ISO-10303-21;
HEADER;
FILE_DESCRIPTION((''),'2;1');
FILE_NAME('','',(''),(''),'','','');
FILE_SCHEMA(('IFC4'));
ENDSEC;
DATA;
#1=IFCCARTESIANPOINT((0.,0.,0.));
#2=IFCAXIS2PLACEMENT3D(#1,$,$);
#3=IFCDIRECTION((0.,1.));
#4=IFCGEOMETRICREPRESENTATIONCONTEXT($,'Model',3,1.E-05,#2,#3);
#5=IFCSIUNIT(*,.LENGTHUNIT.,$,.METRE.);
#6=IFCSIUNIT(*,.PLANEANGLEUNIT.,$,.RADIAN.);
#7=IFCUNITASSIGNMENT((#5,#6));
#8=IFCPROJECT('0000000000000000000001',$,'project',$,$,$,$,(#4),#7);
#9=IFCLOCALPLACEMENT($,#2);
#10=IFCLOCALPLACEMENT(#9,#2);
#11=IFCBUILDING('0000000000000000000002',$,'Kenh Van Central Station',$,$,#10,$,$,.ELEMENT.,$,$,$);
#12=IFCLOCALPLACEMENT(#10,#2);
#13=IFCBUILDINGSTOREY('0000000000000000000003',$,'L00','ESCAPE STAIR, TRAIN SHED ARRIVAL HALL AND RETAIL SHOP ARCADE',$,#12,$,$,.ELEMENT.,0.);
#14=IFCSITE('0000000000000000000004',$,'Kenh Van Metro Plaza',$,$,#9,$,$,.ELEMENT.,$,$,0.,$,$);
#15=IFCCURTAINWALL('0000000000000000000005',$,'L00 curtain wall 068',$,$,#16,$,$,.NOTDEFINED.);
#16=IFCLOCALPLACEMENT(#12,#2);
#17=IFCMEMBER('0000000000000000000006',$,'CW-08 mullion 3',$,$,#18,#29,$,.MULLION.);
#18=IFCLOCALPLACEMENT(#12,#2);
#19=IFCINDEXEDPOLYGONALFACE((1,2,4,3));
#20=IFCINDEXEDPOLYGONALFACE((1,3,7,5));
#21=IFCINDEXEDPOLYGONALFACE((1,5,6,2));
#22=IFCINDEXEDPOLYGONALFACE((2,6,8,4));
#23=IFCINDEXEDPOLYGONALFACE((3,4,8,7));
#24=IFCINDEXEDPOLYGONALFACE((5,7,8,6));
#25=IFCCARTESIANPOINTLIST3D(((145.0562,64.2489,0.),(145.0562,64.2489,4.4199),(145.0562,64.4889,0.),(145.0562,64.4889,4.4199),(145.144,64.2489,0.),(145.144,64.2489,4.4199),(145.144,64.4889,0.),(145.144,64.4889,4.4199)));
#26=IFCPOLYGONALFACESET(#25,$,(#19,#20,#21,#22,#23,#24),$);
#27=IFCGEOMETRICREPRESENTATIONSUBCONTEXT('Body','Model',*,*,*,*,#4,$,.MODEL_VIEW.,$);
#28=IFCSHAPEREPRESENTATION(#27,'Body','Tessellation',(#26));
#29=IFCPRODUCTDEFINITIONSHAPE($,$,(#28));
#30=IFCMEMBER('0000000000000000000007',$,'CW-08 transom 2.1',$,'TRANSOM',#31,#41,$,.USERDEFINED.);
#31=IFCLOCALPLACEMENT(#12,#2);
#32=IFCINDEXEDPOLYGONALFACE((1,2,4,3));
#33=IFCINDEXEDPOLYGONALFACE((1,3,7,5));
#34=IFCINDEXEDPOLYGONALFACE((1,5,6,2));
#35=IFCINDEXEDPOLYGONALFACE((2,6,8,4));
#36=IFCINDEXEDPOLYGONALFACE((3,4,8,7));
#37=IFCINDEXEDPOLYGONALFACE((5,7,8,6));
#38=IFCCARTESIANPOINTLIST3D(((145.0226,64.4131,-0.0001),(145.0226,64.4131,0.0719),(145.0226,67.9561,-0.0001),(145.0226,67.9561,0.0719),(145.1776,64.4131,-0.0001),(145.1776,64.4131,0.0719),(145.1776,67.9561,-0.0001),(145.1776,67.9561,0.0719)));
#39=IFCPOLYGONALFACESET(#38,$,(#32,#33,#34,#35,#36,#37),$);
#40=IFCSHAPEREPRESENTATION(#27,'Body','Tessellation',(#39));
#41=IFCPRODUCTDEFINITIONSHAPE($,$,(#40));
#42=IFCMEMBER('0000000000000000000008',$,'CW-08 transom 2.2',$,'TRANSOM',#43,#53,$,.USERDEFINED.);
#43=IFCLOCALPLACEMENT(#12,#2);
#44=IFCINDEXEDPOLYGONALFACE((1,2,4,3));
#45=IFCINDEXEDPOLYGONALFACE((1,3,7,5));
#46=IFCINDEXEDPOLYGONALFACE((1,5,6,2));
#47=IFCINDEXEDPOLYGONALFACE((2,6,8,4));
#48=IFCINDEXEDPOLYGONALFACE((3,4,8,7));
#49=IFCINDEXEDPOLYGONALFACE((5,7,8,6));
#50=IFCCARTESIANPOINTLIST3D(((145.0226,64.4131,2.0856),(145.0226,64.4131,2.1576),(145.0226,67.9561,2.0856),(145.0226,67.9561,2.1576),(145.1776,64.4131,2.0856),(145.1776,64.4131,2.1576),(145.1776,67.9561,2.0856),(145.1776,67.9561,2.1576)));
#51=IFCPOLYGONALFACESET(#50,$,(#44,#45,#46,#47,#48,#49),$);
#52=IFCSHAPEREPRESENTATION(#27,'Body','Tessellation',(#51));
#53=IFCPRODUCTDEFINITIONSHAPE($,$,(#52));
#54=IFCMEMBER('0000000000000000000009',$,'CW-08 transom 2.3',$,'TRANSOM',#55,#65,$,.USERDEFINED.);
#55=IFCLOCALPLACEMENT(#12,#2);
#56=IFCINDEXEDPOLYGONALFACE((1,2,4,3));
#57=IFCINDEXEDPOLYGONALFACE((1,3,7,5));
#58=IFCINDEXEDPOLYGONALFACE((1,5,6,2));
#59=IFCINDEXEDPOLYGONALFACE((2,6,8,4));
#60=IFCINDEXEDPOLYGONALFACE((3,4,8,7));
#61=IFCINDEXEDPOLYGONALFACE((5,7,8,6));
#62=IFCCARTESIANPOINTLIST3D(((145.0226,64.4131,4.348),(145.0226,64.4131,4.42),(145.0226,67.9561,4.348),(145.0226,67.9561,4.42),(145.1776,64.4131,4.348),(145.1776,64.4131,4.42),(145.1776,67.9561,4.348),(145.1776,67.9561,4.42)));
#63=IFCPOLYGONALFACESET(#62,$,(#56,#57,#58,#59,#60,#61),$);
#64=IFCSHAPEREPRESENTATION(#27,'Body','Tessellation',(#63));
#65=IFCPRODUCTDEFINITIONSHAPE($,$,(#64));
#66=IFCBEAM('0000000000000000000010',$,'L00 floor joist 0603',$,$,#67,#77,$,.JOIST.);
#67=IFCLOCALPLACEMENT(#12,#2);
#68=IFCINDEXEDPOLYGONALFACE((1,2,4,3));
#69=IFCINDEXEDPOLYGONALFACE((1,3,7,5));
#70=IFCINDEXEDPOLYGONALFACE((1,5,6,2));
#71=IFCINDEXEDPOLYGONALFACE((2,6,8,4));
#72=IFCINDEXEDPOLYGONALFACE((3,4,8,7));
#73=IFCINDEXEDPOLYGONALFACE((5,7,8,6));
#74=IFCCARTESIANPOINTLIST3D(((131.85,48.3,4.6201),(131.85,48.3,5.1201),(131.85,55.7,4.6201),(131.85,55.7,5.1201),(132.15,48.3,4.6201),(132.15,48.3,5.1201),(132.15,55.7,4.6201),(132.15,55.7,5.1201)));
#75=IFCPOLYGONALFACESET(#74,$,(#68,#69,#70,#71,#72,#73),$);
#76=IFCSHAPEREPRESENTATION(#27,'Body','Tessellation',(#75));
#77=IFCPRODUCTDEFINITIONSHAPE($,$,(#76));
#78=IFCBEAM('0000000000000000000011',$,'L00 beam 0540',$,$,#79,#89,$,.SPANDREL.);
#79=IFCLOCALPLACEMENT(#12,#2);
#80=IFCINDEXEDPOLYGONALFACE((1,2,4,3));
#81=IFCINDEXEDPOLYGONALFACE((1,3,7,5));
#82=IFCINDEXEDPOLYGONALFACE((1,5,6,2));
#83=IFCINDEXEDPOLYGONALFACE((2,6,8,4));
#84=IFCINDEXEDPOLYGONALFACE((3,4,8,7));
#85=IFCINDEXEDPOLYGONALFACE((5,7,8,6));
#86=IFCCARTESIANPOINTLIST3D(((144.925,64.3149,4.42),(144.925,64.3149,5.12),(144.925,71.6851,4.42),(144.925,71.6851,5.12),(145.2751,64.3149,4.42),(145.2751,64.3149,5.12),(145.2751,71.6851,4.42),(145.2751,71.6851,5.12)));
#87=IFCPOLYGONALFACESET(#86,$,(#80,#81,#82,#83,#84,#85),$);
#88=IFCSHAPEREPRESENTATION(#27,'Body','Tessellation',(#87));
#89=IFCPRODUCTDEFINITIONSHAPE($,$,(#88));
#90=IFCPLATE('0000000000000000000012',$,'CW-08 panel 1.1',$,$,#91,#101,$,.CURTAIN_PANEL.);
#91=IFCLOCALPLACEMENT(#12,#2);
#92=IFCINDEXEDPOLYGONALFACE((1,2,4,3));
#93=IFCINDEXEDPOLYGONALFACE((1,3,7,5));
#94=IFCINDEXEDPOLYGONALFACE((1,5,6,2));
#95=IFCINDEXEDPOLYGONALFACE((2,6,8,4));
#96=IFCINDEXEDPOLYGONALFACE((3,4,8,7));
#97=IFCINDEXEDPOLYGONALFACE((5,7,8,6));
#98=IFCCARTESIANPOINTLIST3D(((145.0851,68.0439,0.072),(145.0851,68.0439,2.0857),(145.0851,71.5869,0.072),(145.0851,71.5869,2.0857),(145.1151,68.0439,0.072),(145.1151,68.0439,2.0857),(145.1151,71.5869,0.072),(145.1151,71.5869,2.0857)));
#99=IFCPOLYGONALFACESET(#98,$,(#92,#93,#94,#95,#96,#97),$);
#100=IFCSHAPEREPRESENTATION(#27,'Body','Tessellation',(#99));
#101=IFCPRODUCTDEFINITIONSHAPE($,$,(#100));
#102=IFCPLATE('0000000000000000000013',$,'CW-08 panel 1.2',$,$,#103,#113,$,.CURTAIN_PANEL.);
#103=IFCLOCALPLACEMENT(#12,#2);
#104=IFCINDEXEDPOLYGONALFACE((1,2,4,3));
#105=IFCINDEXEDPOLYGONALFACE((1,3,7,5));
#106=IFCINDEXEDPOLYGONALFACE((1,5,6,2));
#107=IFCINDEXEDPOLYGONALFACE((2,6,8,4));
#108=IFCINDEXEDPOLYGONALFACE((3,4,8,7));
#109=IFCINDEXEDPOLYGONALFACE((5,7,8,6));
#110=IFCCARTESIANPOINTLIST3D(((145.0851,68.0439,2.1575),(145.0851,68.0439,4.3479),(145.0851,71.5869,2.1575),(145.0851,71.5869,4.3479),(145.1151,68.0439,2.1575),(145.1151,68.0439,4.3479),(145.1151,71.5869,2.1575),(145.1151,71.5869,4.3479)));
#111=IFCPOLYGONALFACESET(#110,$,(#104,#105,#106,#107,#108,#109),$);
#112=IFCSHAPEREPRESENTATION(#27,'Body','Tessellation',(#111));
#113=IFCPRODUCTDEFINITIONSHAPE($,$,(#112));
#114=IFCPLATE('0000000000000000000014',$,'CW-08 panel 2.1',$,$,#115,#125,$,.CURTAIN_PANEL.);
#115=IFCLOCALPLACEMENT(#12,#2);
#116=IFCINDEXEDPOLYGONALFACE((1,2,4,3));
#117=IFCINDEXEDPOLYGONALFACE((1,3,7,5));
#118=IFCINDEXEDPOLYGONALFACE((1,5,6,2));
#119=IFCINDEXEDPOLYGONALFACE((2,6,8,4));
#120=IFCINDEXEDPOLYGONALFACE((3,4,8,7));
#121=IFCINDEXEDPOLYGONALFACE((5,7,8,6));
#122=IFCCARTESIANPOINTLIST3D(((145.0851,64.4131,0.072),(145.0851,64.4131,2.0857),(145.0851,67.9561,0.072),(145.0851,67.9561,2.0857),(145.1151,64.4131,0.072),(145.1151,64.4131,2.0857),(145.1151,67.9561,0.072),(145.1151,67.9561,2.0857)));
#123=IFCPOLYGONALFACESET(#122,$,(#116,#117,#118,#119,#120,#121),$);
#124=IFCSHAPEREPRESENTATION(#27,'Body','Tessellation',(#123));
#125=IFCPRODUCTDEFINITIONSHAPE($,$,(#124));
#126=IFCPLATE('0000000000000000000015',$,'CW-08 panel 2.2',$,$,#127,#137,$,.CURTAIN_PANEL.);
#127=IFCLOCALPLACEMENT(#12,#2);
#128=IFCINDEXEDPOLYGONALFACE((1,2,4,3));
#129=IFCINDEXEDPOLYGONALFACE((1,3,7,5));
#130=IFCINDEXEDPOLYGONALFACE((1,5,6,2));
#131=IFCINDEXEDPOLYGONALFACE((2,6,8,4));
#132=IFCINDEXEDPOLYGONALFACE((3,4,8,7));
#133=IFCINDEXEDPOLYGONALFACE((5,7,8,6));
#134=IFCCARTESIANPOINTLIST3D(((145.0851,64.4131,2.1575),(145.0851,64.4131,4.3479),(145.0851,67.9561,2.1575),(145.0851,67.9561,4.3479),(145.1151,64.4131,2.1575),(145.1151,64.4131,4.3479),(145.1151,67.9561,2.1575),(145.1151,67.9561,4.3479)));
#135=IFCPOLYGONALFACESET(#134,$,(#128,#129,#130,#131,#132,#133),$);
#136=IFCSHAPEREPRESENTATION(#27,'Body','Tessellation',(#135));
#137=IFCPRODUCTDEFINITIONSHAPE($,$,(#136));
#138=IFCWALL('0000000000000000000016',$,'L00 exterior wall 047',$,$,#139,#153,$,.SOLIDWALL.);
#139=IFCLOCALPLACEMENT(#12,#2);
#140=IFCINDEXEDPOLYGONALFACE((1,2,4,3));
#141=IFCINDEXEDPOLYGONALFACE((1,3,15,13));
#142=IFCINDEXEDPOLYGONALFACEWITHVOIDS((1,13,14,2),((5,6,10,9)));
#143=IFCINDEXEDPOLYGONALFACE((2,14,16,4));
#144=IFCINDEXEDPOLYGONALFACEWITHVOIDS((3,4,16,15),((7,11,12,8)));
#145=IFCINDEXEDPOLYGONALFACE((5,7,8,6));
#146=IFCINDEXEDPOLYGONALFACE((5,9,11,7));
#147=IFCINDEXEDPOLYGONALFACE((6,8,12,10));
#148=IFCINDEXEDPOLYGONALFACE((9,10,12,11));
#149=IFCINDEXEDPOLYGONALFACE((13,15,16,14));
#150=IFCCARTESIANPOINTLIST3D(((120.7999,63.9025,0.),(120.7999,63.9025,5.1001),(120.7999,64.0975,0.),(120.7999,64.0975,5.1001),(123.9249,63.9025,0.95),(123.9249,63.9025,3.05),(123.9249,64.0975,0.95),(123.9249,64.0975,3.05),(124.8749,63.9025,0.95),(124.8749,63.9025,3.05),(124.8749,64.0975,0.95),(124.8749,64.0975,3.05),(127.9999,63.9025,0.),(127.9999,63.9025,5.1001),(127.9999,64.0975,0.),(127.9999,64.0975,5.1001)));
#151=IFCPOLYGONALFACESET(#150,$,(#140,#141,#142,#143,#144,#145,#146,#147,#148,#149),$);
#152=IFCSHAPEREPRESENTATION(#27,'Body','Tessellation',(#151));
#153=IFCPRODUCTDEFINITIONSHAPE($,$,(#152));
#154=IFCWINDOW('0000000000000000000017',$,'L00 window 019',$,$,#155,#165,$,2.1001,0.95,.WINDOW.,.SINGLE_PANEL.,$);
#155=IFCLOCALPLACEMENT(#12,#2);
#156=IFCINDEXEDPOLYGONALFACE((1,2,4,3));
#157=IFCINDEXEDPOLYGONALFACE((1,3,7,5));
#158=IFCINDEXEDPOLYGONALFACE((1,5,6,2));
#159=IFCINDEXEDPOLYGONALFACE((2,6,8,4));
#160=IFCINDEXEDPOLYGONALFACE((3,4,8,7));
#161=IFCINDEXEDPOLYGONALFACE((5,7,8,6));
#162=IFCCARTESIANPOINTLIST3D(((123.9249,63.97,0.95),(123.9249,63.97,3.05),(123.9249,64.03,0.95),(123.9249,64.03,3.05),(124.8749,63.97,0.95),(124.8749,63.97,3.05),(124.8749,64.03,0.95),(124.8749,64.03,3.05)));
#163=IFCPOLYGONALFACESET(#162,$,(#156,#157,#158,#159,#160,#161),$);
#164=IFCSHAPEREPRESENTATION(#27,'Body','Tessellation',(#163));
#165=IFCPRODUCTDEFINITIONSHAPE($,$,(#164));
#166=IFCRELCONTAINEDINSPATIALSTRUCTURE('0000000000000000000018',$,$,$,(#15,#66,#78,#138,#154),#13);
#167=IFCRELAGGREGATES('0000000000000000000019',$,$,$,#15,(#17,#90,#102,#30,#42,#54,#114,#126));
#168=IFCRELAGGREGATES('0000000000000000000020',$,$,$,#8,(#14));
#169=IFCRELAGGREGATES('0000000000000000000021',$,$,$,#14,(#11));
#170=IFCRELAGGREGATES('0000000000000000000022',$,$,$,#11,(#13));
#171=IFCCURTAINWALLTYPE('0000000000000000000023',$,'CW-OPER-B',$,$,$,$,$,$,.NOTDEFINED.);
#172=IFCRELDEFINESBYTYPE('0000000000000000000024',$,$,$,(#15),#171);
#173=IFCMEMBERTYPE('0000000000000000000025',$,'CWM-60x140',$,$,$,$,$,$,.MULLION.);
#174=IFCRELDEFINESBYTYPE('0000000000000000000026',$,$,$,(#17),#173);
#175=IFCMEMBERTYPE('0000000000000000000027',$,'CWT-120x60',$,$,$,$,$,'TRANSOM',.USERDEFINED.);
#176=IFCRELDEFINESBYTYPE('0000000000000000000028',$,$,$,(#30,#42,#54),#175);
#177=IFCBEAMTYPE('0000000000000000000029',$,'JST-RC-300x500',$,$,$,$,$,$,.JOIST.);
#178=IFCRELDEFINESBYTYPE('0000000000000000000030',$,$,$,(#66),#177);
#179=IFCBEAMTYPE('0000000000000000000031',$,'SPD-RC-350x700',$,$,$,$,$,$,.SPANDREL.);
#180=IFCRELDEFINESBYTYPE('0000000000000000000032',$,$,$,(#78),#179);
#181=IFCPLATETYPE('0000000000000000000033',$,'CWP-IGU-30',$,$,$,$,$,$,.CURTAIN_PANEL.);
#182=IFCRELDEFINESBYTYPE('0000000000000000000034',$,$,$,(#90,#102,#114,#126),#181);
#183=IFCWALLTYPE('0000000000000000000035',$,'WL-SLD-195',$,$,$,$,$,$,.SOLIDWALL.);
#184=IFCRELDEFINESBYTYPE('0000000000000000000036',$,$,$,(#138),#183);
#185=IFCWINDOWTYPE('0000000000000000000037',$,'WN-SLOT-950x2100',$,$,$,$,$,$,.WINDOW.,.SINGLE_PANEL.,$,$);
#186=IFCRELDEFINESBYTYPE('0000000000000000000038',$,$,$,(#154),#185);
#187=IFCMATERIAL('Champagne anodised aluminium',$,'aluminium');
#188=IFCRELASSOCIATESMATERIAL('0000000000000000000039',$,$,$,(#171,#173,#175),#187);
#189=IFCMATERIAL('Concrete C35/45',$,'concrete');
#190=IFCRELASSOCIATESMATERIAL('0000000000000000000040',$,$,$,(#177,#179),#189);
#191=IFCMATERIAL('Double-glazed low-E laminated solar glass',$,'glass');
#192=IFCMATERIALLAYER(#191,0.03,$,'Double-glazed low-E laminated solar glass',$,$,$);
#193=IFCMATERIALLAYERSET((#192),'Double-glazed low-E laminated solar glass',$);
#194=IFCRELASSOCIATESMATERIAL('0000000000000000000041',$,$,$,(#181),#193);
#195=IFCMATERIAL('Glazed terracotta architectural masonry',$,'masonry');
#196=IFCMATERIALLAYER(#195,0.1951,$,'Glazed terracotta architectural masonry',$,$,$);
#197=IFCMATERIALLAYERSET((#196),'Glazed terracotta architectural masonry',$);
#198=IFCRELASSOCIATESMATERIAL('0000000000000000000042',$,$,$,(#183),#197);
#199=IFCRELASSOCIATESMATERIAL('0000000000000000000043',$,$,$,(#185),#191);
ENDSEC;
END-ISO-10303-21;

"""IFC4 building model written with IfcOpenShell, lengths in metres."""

from ifc_helpers import new_model, si_unit, direction, frame, frame_2d, origin, origin_2d, place, context, subcontext, project, spatial, rectangle, extrude, material, layer, layer_set, material_profile, profile_set, type_object, element, fill, aggregate, save


model = new_model("IFC4")

# Units and contexts
model_context = context("Model", 3, precision=1e-05, world=origin(), true_north=direction((0.0, 1.0)))
body_context = subcontext(model_context, "Body", "Model", "MODEL_VIEW")
ifc_project = project(units=[si_unit("LENGTHUNIT", "METRE"), si_unit("PLANEANGLEUNIT", "RADIAN")], contexts=[model_context])

# Site, building, storey
site_placement = place(None, origin())
site = spatial("IfcSite", under=ifc_project, at=site_placement, Name="Kenh Van Metro Plaza", CompositionType="ELEMENT", RefElevation=0.0)
building_placement = place(site_placement, origin())
building = spatial("IfcBuilding", under=site, at=building_placement, Name="Kenh Van Central Station", CompositionType="ELEMENT")
storey_placement = place(building_placement, origin())
storey = spatial("IfcBuildingStorey", under=building, at=storey_placement, Name="L00", Description="ESCAPE STAIR, TRAIN SHED ARRIVAL HALL AND RETAIL SHOP ARCADE", CompositionType="ELEMENT", Elevation=0.0)

# Shared definitions
ifc_material_1 = material(Name="Concrete C35/45", Category="concrete")

# Curtain wall, members
ifc_material_2 = material(Name="Champagne anodised aluminium", Category="aluminium")
curtain_wall_type = type_object("IfcCurtainWallType", Name="CW-OPER-B", PredefinedType="NOTDEFINED", material=ifc_material_2)
curtain_wall_placement = place(storey_placement, origin())
curtain_wall = element("IfcCurtainWall", 1, at=curtain_wall_placement, inside=storey, type_object=curtain_wall_type, Name="L00 curtain wall 068", PredefinedType="NOTDEFINED")
ifc_material_profile_1 = material_profile(ifc_material_2, rectangle(XDim=0.0879, YDim=0.24, at=origin_2d()), Name="AL 88x240")
ifc_profile_set_1 = profile_set([ifc_material_profile_1], Name="Champagne anodised aluminium")
member_type_1 = type_object("IfcMemberType", Name="CWM-60x140", PredefinedType="MULLION", material=ifc_profile_set_1)
member_1_placement = place(storey_placement, frame((145.1001, 64.3689, 0.0), z_axis=(0.0, 0.0, 1.0), x_axis=(1.0, 0.0, 0.0)))
member_1 = element("IfcMember", 2, at=member_1_placement, type_object=member_type_1, Name="CW-08 mullion 3", PredefinedType="MULLION", context=body_context, shape_type="SweptSolid", body=[
    extrude(rectangle(XDim=0.0879, YDim=0.24, at=origin_2d()), origin(), (0.0, 0.0, 1.0), 4.4199),
])
ifc_material_profile_2 = material_profile(ifc_material_2, rectangle(XDim=0.155, YDim=0.072, at=origin_2d()), Name="AL 155x72")
ifc_profile_set_2 = profile_set([ifc_material_profile_2], Name="Champagne anodised aluminium")
member_type_2 = type_object("IfcMemberType", Name="CWT-120x60", ElementType="TRANSOM", PredefinedType="USERDEFINED", material=ifc_profile_set_2)
member_2_placement = place(storey_placement, frame((145.1001, 67.9561, 0.0359), z_axis=(0.0, -1.0, 0.0), x_axis=(1.0, 0.0, 0.0)))
member_2 = element("IfcMember", 3, at=member_2_placement, type_object=member_type_2, Name="CW-08 transom 2.1", ObjectType="TRANSOM", PredefinedType="USERDEFINED", context=body_context, shape_type="SweptSolid", body=[
    extrude(rectangle(XDim=0.155, YDim=0.072, at=origin_2d()), origin(), (0.0, 0.0, 1.0), 3.543),
])
member_3_placement = place(storey_placement, frame((145.1001, 67.9561, 2.1216), z_axis=(0.0, -1.0, 0.0), x_axis=(1.0, 0.0, 0.0)))
member_3 = element("IfcMember", 4, at=member_3_placement, type_object=member_type_2, Name="CW-08 transom 2.2", ObjectType="TRANSOM", PredefinedType="USERDEFINED", context=body_context, shape_type="SweptSolid", body=[
    extrude(rectangle(XDim=0.155, YDim=0.072, at=origin_2d()), origin(), (0.0, 0.0, 1.0), 3.543),
])
member_4_placement = place(storey_placement, frame((145.1001, 67.9561, 4.384), z_axis=(0.0, -1.0, 0.0), x_axis=(1.0, 0.0, 0.0)))
member_4 = element("IfcMember", 5, at=member_4_placement, type_object=member_type_2, Name="CW-08 transom 2.3", ObjectType="TRANSOM", PredefinedType="USERDEFINED", context=body_context, shape_type="SweptSolid", body=[
    extrude(rectangle(XDim=0.155, YDim=0.072, at=origin_2d()), origin(), (0.0, 0.0, 1.0), 3.543),
])

# Beams
ifc_material_profile_3 = material_profile(ifc_material_1, rectangle(XDim=0.3, YDim=0.5, at=origin_2d()), Name="RC 300x500")
ifc_profile_set_3 = profile_set([ifc_material_profile_3], Name="Concrete C35/45")
beam_type_1 = type_object("IfcBeamType", Name="JST-RC-300x500", PredefinedType="JOIST", material=ifc_profile_set_3)
beam_1_placement = place(storey_placement, frame((132.0, 48.3, 4.8701), z_axis=(0.0, 1.0, 0.0), x_axis=(-1.0, 0.0, 0.0)))
element("IfcBeam", 6, at=beam_1_placement, inside=storey, type_object=beam_type_1, Name="L00 floor joist 0603", PredefinedType="JOIST", context=body_context, shape_type="SweptSolid", body=[
    extrude(rectangle(XDim=0.3, YDim=0.5, at=origin_2d()), origin(), (0.0, 0.0, 1.0), 7.3999),
])
ifc_material_profile_4 = material_profile(ifc_material_1, rectangle(XDim=0.3501, YDim=0.7, at=origin_2d()), Name="RC 350x700")
ifc_profile_set_4 = profile_set([ifc_material_profile_4], Name="Concrete C35/45")
beam_type_2 = type_object("IfcBeamType", Name="SPD-RC-350x700", PredefinedType="SPANDREL", material=ifc_profile_set_4)
beam_2_placement = place(storey_placement, frame((145.1001, 64.3149, 4.77), z_axis=(0.0, 1.0, 0.0), x_axis=(-1.0, 0.0, 0.0)))
element("IfcBeam", 7, at=beam_2_placement, inside=storey, type_object=beam_type_2, Name="L00 beam 0540", PredefinedType="SPANDREL", context=body_context, shape_type="SweptSolid", body=[
    extrude(rectangle(XDim=0.3501, YDim=0.7, at=origin_2d()), origin(), (0.0, 0.0, 1.0), 7.3701),
])

# Plates
ifc_material_3 = material(Name="Double-glazed low-E laminated solar glass", Category="glass")
ifc_layer_1 = layer(ifc_material_3, 0.03, Name="Double-glazed low-E laminated solar glass")
ifc_layer_set_1 = layer_set([ifc_layer_1], Name="Double-glazed low-E laminated solar glass")
plate_type = type_object("IfcPlateType", Name="CWP-IGU-30", PredefinedType="CURTAIN_PANEL", material=ifc_layer_set_1)
plate_1_placement = place(storey_placement, frame((145.1001, 69.8154, 0.072), z_axis=(0.0, 0.0, 1.0), x_axis=(0.0, -1.0, 0.0)))
plate_1 = element("IfcPlate", 8, at=plate_1_placement, type_object=plate_type, Name="CW-08 panel 1.1", PredefinedType="CURTAIN_PANEL", context=body_context, shape_type="SweptSolid", body=[
    extrude(rectangle(XDim=3.543, YDim=0.03, at=origin_2d()), origin(), (0.0, 0.0, 1.0), 2.0137),
])
plate_2_placement = place(storey_placement, frame((145.1001, 69.8154, 2.1575), z_axis=(0.0, 0.0, 1.0), x_axis=(0.0, -1.0, 0.0)))
plate_2 = element("IfcPlate", 9, at=plate_2_placement, type_object=plate_type, Name="CW-08 panel 1.2", PredefinedType="CURTAIN_PANEL", context=body_context, shape_type="SweptSolid", body=[
    extrude(rectangle(XDim=3.543, YDim=0.03, at=origin_2d()), origin(), (0.0, 0.0, 1.0), 2.1904),
])
plate_3_placement = place(storey_placement, frame((145.1001, 66.1846, 0.072), z_axis=(0.0, 0.0, 1.0), x_axis=(0.0, -1.0, 0.0)))
plate_3 = element("IfcPlate", 10, at=plate_3_placement, type_object=plate_type, Name="CW-08 panel 2.1", PredefinedType="CURTAIN_PANEL", context=body_context, shape_type="SweptSolid", body=[
    extrude(rectangle(XDim=3.543, YDim=0.03, at=origin_2d()), origin(), (0.0, 0.0, 1.0), 2.0137),
])
plate_4_placement = place(storey_placement, frame((145.1001, 66.1846, 2.1575), z_axis=(0.0, 0.0, 1.0), x_axis=(0.0, -1.0, 0.0)))
plate_4 = element("IfcPlate", 11, at=plate_4_placement, type_object=plate_type, Name="CW-08 panel 2.2", PredefinedType="CURTAIN_PANEL", context=body_context, shape_type="SweptSolid", body=[
    extrude(rectangle(XDim=3.543, YDim=0.03, at=origin_2d()), origin(), (0.0, 0.0, 1.0), 2.1904),
])
aggregate(curtain_wall, [member_1, plate_1, plate_2, member_2, member_3, member_4, plate_3, plate_4])

# Wall, opening, window
ifc_material_4 = material(Name="Glazed terracotta architectural masonry", Category="masonry")
ifc_layer_2 = layer(ifc_material_4, 0.1951, Name="Glazed terracotta architectural masonry")
ifc_layer_set_2 = layer_set([ifc_layer_2], Name="Glazed terracotta architectural masonry")
wall_type_1 = type_object("IfcWallType", Name="WL-SLD-195", PredefinedType="SOLIDWALL", material=ifc_layer_set_2)
wall_1_placement = place(storey_placement, frame((128.0, 64.0, 0.0), z_axis=(0.0, 0.0, 1.0), x_axis=(-1.0, 0.0, 0.0)))
wall_1 = element("IfcWall", 12, at=wall_1_placement, inside=storey, type_object=wall_type_1, Name="L00 exterior wall 047", PredefinedType="SOLIDWALL", context=body_context, shape_type="SweptSolid", body=[
    extrude(rectangle(XDim=7.2, YDim=0.1951, at=frame_2d((3.6001, 0.0))), origin(), (0.0, 0.0, 1.0), 5.1001),
])
opening_1_placement = place(wall_1_placement, frame((3.125, 0.0, 0.95)))
opening_1 = element("IfcOpeningElement", 13, at=opening_1_placement, cuts=wall_1, PredefinedType="OPENING", context=body_context, shape_type="SweptSolid", body=[
    extrude(rectangle(XDim=0.95, YDim=2.1001, at=frame_2d((0.4751, 1.05))), frame((0.0, 0.1074, 0.0), z_axis=(0.0, -1.0, 0.0), x_axis=(1.0, 0.0, 0.0)), (0.0, 0.0, 1.0), 0.2151),
])
window_type_1 = type_object("IfcWindowType", Name="WN-SLOT-950x2100", PartitioningType="SINGLE_PANEL", PredefinedType="WINDOW", material=ifc_material_3)
window_1_placement = place(opening_1_placement, origin())
window_1 = element("IfcWindow", 14, at=window_1_placement, inside=storey, type_object=window_type_1, Name="L00 window 019", OverallHeight=2.1001, OverallWidth=0.95, PartitioningType="SINGLE_PANEL", PredefinedType="WINDOW", context=body_context, shape_type="SweptSolid", body=[
    extrude(rectangle(XDim=0.95, YDim=2.1001, at=frame_2d((0.4751, 1.05))), frame((0.0, 0.03, 0.0), z_axis=(0.0, -1.0, 0.0), x_axis=(1.0, 0.0, 0.0)), (0.0, 0.0, 1.0), 0.0601),
])
fill(opening_1, window_1)

save(model, "model.ifc")
